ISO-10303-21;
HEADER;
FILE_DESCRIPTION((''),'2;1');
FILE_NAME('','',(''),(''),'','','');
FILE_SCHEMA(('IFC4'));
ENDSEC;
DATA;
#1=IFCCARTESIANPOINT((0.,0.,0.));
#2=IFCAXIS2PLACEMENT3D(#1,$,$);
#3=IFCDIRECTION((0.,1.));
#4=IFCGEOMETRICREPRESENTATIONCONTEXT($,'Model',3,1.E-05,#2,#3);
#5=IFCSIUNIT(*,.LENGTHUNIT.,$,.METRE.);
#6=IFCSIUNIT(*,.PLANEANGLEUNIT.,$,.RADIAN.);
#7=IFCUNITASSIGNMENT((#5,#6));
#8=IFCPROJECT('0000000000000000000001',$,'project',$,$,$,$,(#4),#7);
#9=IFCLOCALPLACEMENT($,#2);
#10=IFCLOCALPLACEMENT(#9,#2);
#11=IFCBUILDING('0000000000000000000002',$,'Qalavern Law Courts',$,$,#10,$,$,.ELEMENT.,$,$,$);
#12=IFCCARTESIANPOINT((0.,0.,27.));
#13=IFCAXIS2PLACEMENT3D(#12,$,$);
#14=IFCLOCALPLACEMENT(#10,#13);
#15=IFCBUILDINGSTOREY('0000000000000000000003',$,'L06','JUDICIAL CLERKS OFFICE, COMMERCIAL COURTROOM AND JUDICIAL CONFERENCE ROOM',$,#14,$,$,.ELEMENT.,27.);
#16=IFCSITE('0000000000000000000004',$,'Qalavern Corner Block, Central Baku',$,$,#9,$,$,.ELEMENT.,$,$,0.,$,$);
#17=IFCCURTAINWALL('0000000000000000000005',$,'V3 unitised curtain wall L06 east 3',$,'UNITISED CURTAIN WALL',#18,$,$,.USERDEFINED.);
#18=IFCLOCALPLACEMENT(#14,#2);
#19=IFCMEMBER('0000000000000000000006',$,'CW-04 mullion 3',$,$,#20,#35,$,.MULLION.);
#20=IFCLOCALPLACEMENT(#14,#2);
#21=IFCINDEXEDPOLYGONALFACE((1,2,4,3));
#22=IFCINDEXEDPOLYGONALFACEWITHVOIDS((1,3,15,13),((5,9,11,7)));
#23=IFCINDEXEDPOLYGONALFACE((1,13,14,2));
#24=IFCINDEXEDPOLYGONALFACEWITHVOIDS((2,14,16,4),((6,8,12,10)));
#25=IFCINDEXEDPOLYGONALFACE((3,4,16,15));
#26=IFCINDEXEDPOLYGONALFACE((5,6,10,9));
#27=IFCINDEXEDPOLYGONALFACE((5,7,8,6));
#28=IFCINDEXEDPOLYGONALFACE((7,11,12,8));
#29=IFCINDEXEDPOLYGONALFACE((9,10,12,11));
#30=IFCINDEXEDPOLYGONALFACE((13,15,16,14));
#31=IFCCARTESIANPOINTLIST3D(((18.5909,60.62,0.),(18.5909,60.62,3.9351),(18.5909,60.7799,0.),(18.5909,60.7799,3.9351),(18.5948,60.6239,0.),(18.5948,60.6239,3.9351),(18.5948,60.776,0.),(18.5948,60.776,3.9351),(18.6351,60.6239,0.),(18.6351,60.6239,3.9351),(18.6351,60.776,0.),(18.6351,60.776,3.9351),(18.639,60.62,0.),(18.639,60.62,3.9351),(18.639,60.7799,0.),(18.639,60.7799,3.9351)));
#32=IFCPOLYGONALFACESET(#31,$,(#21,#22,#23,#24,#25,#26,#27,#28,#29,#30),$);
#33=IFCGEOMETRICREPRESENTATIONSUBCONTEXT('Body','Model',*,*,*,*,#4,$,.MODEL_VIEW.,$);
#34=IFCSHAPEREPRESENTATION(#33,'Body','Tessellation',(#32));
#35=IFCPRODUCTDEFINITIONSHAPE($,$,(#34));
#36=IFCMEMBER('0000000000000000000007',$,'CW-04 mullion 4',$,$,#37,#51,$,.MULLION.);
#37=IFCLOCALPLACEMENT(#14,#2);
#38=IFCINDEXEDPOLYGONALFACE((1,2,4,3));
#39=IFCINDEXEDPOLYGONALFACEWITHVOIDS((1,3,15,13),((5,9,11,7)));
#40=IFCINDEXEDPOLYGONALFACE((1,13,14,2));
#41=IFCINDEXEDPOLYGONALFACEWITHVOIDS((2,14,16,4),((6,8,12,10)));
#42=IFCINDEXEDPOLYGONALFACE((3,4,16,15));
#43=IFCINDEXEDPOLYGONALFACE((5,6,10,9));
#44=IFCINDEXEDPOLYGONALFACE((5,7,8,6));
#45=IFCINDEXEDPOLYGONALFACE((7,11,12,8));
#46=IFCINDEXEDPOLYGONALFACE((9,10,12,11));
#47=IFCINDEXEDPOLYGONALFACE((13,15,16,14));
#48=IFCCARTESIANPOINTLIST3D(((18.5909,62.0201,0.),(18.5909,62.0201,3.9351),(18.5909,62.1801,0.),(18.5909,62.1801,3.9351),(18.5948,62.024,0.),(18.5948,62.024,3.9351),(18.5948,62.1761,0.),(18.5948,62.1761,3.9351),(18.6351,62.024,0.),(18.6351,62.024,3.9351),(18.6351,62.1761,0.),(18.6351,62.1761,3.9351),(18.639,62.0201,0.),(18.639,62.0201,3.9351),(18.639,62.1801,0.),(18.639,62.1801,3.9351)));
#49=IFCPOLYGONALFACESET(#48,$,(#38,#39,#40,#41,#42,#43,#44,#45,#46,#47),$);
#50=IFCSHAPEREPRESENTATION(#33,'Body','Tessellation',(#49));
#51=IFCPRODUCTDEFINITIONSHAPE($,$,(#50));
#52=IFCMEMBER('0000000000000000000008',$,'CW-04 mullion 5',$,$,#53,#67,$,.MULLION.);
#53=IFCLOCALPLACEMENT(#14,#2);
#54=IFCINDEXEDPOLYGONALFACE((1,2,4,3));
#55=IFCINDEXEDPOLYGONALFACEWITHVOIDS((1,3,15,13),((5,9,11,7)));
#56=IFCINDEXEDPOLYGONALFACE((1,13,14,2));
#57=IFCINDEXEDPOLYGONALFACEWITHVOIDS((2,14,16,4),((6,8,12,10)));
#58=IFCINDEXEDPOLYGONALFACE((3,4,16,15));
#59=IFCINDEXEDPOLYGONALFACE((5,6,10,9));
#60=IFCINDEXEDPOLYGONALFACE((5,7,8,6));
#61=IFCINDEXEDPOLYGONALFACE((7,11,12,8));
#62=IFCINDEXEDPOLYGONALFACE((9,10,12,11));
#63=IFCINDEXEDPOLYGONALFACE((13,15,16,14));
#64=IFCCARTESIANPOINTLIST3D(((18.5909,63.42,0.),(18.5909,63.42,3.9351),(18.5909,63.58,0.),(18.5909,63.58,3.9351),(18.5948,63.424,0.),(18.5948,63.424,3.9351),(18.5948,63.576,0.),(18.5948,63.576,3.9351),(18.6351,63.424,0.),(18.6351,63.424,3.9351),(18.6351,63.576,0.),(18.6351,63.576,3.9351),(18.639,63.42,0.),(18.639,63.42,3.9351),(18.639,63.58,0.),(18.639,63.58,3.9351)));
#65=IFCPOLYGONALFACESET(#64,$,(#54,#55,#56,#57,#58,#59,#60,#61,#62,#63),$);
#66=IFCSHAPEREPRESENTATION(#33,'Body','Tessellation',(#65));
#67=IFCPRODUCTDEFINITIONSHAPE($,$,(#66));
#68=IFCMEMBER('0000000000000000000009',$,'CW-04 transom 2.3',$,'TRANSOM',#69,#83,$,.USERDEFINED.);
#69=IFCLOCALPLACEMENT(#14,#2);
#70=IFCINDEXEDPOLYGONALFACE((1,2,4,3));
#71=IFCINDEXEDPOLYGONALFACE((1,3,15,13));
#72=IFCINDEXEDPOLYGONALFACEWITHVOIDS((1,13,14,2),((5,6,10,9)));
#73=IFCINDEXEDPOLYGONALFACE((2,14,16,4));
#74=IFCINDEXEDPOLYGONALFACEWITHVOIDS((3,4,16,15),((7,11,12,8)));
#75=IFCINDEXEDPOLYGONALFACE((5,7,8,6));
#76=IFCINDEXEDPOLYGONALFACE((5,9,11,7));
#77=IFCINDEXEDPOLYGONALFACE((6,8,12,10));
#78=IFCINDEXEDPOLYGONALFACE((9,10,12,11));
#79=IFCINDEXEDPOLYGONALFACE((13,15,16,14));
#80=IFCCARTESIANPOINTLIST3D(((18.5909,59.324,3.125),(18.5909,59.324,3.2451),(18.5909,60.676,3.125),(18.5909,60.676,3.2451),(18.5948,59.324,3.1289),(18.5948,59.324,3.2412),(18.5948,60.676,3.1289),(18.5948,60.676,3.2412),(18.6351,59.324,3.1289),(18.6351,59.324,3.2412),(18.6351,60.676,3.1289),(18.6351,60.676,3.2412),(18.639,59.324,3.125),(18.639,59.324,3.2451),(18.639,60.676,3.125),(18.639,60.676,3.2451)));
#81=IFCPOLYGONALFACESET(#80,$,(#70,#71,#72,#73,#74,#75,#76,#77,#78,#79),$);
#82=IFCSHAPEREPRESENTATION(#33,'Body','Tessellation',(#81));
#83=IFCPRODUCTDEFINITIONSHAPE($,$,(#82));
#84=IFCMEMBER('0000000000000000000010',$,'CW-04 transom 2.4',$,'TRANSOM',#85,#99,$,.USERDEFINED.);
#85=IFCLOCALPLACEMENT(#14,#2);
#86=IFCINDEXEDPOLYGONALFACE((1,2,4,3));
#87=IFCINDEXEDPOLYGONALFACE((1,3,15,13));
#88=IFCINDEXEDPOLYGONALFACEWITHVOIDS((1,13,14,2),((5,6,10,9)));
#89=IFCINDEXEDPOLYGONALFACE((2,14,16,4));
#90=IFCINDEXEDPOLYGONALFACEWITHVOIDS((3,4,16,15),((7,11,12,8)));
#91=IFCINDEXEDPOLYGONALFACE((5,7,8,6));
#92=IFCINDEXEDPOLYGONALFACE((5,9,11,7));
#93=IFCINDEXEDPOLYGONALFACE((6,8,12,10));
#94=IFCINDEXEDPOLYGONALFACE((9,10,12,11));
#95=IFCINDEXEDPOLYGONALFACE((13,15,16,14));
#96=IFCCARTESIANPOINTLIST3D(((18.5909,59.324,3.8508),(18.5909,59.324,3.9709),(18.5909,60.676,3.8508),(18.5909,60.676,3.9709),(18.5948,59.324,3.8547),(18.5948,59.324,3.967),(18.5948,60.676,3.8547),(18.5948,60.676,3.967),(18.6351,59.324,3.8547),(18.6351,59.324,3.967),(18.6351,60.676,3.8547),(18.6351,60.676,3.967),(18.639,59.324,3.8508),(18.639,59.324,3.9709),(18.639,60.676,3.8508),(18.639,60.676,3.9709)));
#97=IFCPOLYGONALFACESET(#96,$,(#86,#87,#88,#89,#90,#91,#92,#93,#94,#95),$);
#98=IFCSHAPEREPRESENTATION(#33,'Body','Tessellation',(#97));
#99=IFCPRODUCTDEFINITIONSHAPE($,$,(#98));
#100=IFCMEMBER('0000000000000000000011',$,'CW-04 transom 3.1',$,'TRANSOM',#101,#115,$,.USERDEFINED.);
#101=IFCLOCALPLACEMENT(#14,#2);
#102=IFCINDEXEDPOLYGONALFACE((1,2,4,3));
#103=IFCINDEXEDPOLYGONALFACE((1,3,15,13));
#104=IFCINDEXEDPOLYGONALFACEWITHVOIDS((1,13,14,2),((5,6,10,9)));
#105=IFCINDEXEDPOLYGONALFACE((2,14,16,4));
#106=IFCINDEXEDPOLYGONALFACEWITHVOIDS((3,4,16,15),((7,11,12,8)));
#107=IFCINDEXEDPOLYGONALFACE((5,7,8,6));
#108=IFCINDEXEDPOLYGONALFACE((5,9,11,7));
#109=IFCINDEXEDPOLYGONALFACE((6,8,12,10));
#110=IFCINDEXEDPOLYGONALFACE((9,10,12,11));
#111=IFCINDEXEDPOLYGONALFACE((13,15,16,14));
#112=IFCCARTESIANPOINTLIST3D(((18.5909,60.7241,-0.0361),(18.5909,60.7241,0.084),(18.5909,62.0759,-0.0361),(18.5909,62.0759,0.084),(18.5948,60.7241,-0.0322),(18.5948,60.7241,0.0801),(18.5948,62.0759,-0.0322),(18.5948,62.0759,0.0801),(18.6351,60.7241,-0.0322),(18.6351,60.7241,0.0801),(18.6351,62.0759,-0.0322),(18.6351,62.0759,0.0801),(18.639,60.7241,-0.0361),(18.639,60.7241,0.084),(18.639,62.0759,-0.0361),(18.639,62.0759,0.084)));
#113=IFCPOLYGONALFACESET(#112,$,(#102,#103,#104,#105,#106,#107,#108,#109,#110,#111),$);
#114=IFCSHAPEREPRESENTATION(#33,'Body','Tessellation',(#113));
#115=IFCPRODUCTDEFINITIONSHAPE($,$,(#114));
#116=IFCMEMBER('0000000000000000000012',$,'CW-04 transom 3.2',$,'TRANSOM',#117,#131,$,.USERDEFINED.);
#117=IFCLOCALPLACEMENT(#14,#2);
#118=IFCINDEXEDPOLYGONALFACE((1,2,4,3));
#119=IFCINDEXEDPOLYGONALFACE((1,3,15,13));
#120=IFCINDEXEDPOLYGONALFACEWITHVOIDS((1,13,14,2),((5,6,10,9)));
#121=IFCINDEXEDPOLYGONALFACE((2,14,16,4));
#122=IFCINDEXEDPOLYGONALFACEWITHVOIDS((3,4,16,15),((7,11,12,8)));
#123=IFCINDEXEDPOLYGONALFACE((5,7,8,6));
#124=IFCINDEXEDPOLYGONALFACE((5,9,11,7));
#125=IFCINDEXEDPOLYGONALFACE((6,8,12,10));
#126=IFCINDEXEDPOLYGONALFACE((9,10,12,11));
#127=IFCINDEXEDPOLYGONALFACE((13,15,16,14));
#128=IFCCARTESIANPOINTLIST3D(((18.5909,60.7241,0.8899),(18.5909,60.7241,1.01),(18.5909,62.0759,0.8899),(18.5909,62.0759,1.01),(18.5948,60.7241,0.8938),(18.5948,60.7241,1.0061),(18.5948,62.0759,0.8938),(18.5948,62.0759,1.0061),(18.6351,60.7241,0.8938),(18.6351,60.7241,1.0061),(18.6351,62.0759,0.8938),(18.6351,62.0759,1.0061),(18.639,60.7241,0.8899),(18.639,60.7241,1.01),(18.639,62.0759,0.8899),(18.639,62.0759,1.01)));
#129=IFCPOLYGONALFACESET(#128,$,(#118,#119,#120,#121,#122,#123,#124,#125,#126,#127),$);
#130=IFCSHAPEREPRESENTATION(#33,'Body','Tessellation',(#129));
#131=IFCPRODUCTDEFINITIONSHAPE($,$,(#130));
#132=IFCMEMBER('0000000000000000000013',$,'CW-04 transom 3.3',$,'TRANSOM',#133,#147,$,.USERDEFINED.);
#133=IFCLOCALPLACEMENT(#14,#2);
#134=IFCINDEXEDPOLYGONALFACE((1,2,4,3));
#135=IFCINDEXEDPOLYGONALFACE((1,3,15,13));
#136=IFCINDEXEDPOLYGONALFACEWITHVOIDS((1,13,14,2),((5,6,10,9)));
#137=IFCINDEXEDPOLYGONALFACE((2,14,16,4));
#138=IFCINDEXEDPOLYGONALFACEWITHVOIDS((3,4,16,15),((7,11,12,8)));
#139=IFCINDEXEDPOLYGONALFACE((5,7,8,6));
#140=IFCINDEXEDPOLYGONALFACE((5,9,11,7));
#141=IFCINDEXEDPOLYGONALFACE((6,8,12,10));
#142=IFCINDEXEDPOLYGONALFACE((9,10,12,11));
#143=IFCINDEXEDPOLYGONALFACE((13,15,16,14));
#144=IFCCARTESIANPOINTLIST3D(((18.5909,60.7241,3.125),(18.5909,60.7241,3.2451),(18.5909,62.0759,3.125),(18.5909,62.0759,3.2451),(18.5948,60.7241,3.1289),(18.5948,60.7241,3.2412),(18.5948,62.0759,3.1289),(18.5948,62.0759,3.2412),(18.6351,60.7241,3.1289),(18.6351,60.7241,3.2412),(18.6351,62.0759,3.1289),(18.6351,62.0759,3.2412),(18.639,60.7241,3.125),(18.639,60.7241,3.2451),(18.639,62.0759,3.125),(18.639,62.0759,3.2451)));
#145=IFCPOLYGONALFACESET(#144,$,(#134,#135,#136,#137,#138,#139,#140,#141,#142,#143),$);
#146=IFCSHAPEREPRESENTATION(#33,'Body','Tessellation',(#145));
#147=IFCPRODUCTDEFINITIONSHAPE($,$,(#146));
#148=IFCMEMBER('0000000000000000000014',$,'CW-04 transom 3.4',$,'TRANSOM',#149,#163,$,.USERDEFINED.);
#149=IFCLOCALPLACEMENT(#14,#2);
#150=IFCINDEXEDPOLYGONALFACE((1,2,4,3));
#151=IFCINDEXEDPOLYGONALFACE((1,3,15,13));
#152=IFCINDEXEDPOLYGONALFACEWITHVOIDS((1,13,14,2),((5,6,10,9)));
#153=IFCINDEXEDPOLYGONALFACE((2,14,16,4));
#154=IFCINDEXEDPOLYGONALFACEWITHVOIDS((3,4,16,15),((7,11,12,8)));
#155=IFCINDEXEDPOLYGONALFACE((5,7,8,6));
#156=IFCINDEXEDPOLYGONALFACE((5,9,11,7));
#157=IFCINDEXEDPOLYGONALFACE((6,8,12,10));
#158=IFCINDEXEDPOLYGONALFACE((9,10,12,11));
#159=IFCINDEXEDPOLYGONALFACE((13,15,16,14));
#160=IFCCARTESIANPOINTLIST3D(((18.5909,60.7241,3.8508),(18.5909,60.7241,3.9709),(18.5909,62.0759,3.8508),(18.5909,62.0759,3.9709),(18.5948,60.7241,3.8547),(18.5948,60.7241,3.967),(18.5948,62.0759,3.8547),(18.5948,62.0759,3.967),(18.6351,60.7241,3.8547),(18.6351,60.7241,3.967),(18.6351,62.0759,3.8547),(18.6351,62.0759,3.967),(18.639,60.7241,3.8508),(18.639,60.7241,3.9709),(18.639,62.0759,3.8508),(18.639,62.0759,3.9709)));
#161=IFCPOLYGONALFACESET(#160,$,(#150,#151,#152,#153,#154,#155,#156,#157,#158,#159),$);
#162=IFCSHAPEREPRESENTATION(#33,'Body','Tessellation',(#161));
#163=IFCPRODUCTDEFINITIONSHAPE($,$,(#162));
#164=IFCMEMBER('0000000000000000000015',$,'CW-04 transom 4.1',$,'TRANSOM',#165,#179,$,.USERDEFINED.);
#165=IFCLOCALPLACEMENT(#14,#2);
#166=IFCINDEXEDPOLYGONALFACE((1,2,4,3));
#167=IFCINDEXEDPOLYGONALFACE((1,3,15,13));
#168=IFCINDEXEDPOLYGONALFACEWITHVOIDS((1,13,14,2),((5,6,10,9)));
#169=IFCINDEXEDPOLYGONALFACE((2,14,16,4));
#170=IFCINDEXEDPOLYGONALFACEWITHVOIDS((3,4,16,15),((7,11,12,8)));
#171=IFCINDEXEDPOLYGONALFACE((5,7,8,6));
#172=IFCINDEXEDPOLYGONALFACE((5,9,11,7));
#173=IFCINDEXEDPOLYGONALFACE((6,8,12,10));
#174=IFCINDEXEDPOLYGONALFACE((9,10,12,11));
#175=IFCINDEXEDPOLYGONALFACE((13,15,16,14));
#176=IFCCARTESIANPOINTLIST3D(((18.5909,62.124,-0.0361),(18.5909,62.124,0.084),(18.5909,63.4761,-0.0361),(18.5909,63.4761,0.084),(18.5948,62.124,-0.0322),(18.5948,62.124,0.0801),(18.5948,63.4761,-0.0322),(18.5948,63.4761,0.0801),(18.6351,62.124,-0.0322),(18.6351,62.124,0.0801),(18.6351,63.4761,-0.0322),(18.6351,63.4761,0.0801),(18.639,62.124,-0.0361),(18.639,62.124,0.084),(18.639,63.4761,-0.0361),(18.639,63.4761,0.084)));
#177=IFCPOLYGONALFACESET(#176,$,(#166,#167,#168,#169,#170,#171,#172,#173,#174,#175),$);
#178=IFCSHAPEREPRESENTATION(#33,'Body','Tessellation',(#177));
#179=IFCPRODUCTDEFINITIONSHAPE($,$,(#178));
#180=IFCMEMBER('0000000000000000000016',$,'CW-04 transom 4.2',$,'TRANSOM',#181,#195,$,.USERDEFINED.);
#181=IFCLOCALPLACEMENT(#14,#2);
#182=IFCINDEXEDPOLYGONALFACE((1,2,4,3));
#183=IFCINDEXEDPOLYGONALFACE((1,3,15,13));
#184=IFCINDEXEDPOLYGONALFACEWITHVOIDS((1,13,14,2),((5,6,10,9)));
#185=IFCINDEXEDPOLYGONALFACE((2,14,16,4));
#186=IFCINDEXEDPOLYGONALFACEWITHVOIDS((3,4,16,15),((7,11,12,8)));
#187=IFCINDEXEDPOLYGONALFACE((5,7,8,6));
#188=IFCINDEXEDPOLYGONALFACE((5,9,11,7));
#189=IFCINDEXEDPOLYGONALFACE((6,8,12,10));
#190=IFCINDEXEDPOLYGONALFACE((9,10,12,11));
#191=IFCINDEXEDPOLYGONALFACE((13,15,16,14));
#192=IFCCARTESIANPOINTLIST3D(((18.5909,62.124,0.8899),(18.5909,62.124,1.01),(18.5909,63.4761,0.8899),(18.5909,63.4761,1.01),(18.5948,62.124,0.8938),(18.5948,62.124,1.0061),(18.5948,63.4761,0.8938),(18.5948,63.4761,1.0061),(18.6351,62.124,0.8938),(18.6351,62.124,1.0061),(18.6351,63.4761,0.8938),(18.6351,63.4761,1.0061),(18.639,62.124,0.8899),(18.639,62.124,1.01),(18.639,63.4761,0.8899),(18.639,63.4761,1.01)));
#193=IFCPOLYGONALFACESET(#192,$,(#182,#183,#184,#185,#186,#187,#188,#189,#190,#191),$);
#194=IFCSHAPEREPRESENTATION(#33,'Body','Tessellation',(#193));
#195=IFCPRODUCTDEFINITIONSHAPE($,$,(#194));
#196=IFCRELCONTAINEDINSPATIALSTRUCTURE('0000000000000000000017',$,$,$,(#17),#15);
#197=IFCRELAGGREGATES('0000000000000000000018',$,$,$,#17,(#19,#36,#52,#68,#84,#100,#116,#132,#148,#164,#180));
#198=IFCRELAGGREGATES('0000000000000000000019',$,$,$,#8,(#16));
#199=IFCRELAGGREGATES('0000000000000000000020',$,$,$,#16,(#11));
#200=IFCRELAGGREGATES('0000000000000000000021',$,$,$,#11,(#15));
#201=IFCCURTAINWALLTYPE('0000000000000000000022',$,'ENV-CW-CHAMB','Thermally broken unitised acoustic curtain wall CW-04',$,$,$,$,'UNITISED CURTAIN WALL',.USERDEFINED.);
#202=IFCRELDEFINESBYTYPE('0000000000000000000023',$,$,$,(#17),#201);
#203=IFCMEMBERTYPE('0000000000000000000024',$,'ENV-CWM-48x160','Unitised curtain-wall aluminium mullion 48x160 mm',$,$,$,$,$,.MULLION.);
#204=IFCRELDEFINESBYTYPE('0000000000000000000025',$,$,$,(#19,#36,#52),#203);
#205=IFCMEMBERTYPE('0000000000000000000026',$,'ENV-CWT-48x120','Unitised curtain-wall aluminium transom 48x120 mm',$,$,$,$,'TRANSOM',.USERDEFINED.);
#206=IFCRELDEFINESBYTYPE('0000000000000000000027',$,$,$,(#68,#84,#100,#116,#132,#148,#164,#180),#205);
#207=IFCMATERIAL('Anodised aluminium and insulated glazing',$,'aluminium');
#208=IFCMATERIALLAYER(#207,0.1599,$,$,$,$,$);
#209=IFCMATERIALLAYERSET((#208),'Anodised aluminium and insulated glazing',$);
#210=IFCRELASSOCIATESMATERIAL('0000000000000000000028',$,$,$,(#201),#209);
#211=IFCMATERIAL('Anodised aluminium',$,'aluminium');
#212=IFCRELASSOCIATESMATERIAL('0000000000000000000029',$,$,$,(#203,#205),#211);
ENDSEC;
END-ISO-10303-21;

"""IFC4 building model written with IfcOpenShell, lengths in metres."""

from ifc_helpers import new_model, si_unit, direction, frame, origin, origin_2d, place, context, subcontext, project, spatial, hollow_rectangle, extrude, material, layer, layer_set, material_profile, profile_set, type_object, element, aggregate, save


model = new_model("IFC4")

# Units and contexts
model_context = context("Model", 3, precision=1e-05, world=origin(), true_north=direction((0.0, 1.0)))
body_context = subcontext(model_context, "Body", "Model", "MODEL_VIEW")
ifc_project = project(units=[si_unit("LENGTHUNIT", "METRE"), si_unit("PLANEANGLEUNIT", "RADIAN")], contexts=[model_context])

# Site, building, storey
site_placement = place(None, origin())
site = spatial("IfcSite", under=ifc_project, at=site_placement, Name="Qalavern Corner Block, Central Baku", CompositionType="ELEMENT", RefElevation=0.0)
building_placement = place(site_placement, origin())
building = spatial("IfcBuilding", under=site, at=building_placement, Name="Qalavern Law Courts", CompositionType="ELEMENT")
storey_placement = place(building_placement, frame((0.0, 0.0, 27.0)))
storey = spatial("IfcBuildingStorey", under=building, at=storey_placement, Name="L06", Description="JUDICIAL CLERKS OFFICE, COMMERCIAL COURTROOM AND JUDICIAL CONFERENCE ROOM", CompositionType="ELEMENT", Elevation=27.0)

# Curtain wall, members
ifc_material_1 = material(Name="Anodised aluminium and insulated glazing", Category="aluminium")
ifc_layer_1 = layer(ifc_material_1, 0.1599)
ifc_layer_set_1 = layer_set([ifc_layer_1], Name="Anodised aluminium and insulated glazing")
curtain_wall_type = type_object("IfcCurtainWallType", Name="ENV-CW-CHAMB", Description="Thermally broken unitised acoustic curtain wall CW-04", ElementType="UNITISED CURTAIN WALL", PredefinedType="USERDEFINED", material=ifc_layer_set_1)
curtain_wall_placement = place(storey_placement, origin())
curtain_wall = element("IfcCurtainWall", 1, at=curtain_wall_placement, inside=storey, type_object=curtain_wall_type, Name="V3 unitised curtain wall L06 east 3", ObjectType="UNITISED CURTAIN WALL", PredefinedType="USERDEFINED")
ifc_material_2 = material(Name="Anodised aluminium", Category="aluminium")
ifc_material_profile_1 = material_profile(ifc_material_2, hollow_rectangle(XDim=0.0481, YDim=0.1599, WallThickness=0.0039, at=origin_2d()), Name="ALU MULLION 48x160")
ifc_profile_set_1 = profile_set([ifc_material_profile_1], Name="Anodised aluminium")
member_type_1 = type_object("IfcMemberType", Name="ENV-CWM-48x160", Description="Unitised curtain-wall aluminium mullion 48x160 mm", PredefinedType="MULLION", material=ifc_profile_set_1)
member_1_placement = place(storey_placement, frame((18.615, 60.7, 0.0), z_axis=(0.0, 0.0, 1.0), x_axis=(-1.0, 0.0, 0.0)))
member_1 = element("IfcMember", 2, at=member_1_placement, type_object=member_type_1, Name="CW-04 mullion 3", PredefinedType="MULLION", context=body_context, shape_type="SweptSolid", body=[
    extrude(hollow_rectangle(XDim=0.0481, YDim=0.1599, WallThickness=0.0039, at=origin_2d()), origin(), (0.0, 0.0, 1.0), 3.9351),
])
member_2_placement = place(storey_placement, frame((18.615, 62.1001, 0.0), z_axis=(0.0, 0.0, 1.0), x_axis=(-1.0, 0.0, 0.0)))
member_2 = element("IfcMember", 3, at=member_2_placement, type_object=member_type_1, Name="CW-04 mullion 4", PredefinedType="MULLION", context=body_context, shape_type="SweptSolid", body=[
    extrude(hollow_rectangle(XDim=0.0481, YDim=0.1599, WallThickness=0.0039, at=origin_2d()), origin(), (0.0, 0.0, 1.0), 3.9351),
])
member_3_placement = place(storey_placement, frame((18.615, 63.5, 0.0), z_axis=(0.0, 0.0, 1.0), x_axis=(-1.0, 0.0, 0.0)))
member_3 = element("IfcMember", 4, at=member_3_placement, type_object=member_type_1, Name="CW-04 mullion 5", PredefinedType="MULLION", context=body_context, shape_type="SweptSolid", body=[
    extrude(hollow_rectangle(XDim=0.0481, YDim=0.1599, WallThickness=0.0039, at=origin_2d()), origin(), (0.0, 0.0, 1.0), 3.9351),
])
ifc_material_profile_2 = material_profile(ifc_material_2, hollow_rectangle(XDim=0.0481, YDim=0.1201, WallThickness=0.0039, at=origin_2d()), Name="ALU TRANSOM 48x120")
ifc_profile_set_2 = profile_set([ifc_material_profile_2], Name="Anodised aluminium")
member_type_2 = type_object("IfcMemberType", Name="ENV-CWT-48x120", Description="Unitised curtain-wall aluminium transom 48x120 mm", ElementType="TRANSOM", PredefinedType="USERDEFINED", material=ifc_profile_set_2)
member_4_placement = place(storey_placement, frame((18.615, 59.324, 3.1851), z_axis=(0.0, 1.0, 0.0), x_axis=(-1.0, 0.0, 0.0)))
member_4 = element("IfcMember", 5, at=member_4_placement, type_object=member_type_2, Name="CW-04 transom 2.3", ObjectType="TRANSOM", PredefinedType="USERDEFINED", context=body_context, shape_type="SweptSolid", body=[
    extrude(hollow_rectangle(XDim=0.0481, YDim=0.1201, WallThickness=0.0039, at=origin_2d()), origin(), (0.0, 0.0, 1.0), 1.3521),
])
member_5_placement = place(storey_placement, frame((18.615, 59.324, 3.9109), z_axis=(0.0, 1.0, 0.0), x_axis=(-1.0, 0.0, 0.0)))
member_5 = element("IfcMember", 6, at=member_5_placement, type_object=member_type_2, Name="CW-04 transom 2.4", ObjectType="TRANSOM", PredefinedType="USERDEFINED", context=body_context, shape_type="SweptSolid", body=[
    extrude(hollow_rectangle(XDim=0.0481, YDim=0.1201, WallThickness=0.0039, at=origin_2d()), origin(), (0.0, 0.0, 1.0), 1.3521),
])
member_6_placement = place(storey_placement, frame((18.615, 60.7241, 0.0239), z_axis=(0.0, 1.0, 0.0), x_axis=(-1.0, 0.0, 0.0)))
member_6 = element("IfcMember", 7, at=member_6_placement, type_object=member_type_2, Name="CW-04 transom 3.1", ObjectType="TRANSOM", PredefinedType="USERDEFINED", context=body_context, shape_type="SweptSolid", body=[
    extrude(hollow_rectangle(XDim=0.0481, YDim=0.1201, WallThickness=0.0039, at=origin_2d()), origin(), (0.0, 0.0, 1.0), 1.3518),
])
member_7_placement = place(storey_placement, frame((18.615, 60.7241, 0.95), z_axis=(0.0, 1.0, 0.0), x_axis=(-1.0, 0.0, 0.0)))
member_7 = element("IfcMember", 8, at=member_7_placement, type_object=member_type_2, Name="CW-04 transom 3.2", ObjectType="TRANSOM", PredefinedType="USERDEFINED", context=body_context, shape_type="SweptSolid", body=[
    extrude(hollow_rectangle(XDim=0.0481, YDim=0.1201, WallThickness=0.0039, at=origin_2d()), origin(), (0.0, 0.0, 1.0), 1.3518),
])
member_8_placement = place(storey_placement, frame((18.615, 60.7241, 3.1851), z_axis=(0.0, 1.0, 0.0), x_axis=(-1.0, 0.0, 0.0)))
member_8 = element("IfcMember", 9, at=member_8_placement, type_object=member_type_2, Name="CW-04 transom 3.3", ObjectType="TRANSOM", PredefinedType="USERDEFINED", context=body_context, shape_type="SweptSolid", body=[
    extrude(hollow_rectangle(XDim=0.0481, YDim=0.1201, WallThickness=0.0039, at=origin_2d()), origin(), (0.0, 0.0, 1.0), 1.3518),
])
member_9_placement = place(storey_placement, frame((18.615, 60.7241, 3.9109), z_axis=(0.0, 1.0, 0.0), x_axis=(-1.0, 0.0, 0.0)))
member_9 = element("IfcMember", 10, at=member_9_placement, type_object=member_type_2, Name="CW-04 transom 3.4", ObjectType="TRANSOM", PredefinedType="USERDEFINED", context=body_context, shape_type="SweptSolid", body=[
    extrude(hollow_rectangle(XDim=0.0481, YDim=0.1201, WallThickness=0.0039, at=origin_2d()), origin(), (0.0, 0.0, 1.0), 1.3518),
])
member_10_placement = place(storey_placement, frame((18.615, 62.124, 0.0239), z_axis=(0.0, 1.0, 0.0), x_axis=(-1.0, 0.0, 0.0)))
member_10 = element("IfcMember", 11, at=member_10_placement, type_object=member_type_2, Name="CW-04 transom 4.1", ObjectType="TRANSOM", PredefinedType="USERDEFINED", context=body_context, shape_type="SweptSolid", body=[
    extrude(hollow_rectangle(XDim=0.0481, YDim=0.1201, WallThickness=0.0039, at=origin_2d()), origin(), (0.0, 0.0, 1.0), 1.3521),
])
member_11_placement = place(storey_placement, frame((18.615, 62.124, 0.95), z_axis=(0.0, 1.0, 0.0), x_axis=(-1.0, 0.0, 0.0)))
member_11 = element("IfcMember", 12, at=member_11_placement, type_object=member_type_2, Name="CW-04 transom 4.2", ObjectType="TRANSOM", PredefinedType="USERDEFINED", context=body_context, shape_type="SweptSolid", body=[
    extrude(hollow_rectangle(XDim=0.0481, YDim=0.1201, WallThickness=0.0039, at=origin_2d()), origin(), (0.0, 0.0, 1.0), 1.3521),
])
aggregate(curtain_wall, [member_1, member_2, member_3, member_4, member_5, member_6, member_7, member_8, member_9, member_10, member_11])

save(model, "model.ifc")
